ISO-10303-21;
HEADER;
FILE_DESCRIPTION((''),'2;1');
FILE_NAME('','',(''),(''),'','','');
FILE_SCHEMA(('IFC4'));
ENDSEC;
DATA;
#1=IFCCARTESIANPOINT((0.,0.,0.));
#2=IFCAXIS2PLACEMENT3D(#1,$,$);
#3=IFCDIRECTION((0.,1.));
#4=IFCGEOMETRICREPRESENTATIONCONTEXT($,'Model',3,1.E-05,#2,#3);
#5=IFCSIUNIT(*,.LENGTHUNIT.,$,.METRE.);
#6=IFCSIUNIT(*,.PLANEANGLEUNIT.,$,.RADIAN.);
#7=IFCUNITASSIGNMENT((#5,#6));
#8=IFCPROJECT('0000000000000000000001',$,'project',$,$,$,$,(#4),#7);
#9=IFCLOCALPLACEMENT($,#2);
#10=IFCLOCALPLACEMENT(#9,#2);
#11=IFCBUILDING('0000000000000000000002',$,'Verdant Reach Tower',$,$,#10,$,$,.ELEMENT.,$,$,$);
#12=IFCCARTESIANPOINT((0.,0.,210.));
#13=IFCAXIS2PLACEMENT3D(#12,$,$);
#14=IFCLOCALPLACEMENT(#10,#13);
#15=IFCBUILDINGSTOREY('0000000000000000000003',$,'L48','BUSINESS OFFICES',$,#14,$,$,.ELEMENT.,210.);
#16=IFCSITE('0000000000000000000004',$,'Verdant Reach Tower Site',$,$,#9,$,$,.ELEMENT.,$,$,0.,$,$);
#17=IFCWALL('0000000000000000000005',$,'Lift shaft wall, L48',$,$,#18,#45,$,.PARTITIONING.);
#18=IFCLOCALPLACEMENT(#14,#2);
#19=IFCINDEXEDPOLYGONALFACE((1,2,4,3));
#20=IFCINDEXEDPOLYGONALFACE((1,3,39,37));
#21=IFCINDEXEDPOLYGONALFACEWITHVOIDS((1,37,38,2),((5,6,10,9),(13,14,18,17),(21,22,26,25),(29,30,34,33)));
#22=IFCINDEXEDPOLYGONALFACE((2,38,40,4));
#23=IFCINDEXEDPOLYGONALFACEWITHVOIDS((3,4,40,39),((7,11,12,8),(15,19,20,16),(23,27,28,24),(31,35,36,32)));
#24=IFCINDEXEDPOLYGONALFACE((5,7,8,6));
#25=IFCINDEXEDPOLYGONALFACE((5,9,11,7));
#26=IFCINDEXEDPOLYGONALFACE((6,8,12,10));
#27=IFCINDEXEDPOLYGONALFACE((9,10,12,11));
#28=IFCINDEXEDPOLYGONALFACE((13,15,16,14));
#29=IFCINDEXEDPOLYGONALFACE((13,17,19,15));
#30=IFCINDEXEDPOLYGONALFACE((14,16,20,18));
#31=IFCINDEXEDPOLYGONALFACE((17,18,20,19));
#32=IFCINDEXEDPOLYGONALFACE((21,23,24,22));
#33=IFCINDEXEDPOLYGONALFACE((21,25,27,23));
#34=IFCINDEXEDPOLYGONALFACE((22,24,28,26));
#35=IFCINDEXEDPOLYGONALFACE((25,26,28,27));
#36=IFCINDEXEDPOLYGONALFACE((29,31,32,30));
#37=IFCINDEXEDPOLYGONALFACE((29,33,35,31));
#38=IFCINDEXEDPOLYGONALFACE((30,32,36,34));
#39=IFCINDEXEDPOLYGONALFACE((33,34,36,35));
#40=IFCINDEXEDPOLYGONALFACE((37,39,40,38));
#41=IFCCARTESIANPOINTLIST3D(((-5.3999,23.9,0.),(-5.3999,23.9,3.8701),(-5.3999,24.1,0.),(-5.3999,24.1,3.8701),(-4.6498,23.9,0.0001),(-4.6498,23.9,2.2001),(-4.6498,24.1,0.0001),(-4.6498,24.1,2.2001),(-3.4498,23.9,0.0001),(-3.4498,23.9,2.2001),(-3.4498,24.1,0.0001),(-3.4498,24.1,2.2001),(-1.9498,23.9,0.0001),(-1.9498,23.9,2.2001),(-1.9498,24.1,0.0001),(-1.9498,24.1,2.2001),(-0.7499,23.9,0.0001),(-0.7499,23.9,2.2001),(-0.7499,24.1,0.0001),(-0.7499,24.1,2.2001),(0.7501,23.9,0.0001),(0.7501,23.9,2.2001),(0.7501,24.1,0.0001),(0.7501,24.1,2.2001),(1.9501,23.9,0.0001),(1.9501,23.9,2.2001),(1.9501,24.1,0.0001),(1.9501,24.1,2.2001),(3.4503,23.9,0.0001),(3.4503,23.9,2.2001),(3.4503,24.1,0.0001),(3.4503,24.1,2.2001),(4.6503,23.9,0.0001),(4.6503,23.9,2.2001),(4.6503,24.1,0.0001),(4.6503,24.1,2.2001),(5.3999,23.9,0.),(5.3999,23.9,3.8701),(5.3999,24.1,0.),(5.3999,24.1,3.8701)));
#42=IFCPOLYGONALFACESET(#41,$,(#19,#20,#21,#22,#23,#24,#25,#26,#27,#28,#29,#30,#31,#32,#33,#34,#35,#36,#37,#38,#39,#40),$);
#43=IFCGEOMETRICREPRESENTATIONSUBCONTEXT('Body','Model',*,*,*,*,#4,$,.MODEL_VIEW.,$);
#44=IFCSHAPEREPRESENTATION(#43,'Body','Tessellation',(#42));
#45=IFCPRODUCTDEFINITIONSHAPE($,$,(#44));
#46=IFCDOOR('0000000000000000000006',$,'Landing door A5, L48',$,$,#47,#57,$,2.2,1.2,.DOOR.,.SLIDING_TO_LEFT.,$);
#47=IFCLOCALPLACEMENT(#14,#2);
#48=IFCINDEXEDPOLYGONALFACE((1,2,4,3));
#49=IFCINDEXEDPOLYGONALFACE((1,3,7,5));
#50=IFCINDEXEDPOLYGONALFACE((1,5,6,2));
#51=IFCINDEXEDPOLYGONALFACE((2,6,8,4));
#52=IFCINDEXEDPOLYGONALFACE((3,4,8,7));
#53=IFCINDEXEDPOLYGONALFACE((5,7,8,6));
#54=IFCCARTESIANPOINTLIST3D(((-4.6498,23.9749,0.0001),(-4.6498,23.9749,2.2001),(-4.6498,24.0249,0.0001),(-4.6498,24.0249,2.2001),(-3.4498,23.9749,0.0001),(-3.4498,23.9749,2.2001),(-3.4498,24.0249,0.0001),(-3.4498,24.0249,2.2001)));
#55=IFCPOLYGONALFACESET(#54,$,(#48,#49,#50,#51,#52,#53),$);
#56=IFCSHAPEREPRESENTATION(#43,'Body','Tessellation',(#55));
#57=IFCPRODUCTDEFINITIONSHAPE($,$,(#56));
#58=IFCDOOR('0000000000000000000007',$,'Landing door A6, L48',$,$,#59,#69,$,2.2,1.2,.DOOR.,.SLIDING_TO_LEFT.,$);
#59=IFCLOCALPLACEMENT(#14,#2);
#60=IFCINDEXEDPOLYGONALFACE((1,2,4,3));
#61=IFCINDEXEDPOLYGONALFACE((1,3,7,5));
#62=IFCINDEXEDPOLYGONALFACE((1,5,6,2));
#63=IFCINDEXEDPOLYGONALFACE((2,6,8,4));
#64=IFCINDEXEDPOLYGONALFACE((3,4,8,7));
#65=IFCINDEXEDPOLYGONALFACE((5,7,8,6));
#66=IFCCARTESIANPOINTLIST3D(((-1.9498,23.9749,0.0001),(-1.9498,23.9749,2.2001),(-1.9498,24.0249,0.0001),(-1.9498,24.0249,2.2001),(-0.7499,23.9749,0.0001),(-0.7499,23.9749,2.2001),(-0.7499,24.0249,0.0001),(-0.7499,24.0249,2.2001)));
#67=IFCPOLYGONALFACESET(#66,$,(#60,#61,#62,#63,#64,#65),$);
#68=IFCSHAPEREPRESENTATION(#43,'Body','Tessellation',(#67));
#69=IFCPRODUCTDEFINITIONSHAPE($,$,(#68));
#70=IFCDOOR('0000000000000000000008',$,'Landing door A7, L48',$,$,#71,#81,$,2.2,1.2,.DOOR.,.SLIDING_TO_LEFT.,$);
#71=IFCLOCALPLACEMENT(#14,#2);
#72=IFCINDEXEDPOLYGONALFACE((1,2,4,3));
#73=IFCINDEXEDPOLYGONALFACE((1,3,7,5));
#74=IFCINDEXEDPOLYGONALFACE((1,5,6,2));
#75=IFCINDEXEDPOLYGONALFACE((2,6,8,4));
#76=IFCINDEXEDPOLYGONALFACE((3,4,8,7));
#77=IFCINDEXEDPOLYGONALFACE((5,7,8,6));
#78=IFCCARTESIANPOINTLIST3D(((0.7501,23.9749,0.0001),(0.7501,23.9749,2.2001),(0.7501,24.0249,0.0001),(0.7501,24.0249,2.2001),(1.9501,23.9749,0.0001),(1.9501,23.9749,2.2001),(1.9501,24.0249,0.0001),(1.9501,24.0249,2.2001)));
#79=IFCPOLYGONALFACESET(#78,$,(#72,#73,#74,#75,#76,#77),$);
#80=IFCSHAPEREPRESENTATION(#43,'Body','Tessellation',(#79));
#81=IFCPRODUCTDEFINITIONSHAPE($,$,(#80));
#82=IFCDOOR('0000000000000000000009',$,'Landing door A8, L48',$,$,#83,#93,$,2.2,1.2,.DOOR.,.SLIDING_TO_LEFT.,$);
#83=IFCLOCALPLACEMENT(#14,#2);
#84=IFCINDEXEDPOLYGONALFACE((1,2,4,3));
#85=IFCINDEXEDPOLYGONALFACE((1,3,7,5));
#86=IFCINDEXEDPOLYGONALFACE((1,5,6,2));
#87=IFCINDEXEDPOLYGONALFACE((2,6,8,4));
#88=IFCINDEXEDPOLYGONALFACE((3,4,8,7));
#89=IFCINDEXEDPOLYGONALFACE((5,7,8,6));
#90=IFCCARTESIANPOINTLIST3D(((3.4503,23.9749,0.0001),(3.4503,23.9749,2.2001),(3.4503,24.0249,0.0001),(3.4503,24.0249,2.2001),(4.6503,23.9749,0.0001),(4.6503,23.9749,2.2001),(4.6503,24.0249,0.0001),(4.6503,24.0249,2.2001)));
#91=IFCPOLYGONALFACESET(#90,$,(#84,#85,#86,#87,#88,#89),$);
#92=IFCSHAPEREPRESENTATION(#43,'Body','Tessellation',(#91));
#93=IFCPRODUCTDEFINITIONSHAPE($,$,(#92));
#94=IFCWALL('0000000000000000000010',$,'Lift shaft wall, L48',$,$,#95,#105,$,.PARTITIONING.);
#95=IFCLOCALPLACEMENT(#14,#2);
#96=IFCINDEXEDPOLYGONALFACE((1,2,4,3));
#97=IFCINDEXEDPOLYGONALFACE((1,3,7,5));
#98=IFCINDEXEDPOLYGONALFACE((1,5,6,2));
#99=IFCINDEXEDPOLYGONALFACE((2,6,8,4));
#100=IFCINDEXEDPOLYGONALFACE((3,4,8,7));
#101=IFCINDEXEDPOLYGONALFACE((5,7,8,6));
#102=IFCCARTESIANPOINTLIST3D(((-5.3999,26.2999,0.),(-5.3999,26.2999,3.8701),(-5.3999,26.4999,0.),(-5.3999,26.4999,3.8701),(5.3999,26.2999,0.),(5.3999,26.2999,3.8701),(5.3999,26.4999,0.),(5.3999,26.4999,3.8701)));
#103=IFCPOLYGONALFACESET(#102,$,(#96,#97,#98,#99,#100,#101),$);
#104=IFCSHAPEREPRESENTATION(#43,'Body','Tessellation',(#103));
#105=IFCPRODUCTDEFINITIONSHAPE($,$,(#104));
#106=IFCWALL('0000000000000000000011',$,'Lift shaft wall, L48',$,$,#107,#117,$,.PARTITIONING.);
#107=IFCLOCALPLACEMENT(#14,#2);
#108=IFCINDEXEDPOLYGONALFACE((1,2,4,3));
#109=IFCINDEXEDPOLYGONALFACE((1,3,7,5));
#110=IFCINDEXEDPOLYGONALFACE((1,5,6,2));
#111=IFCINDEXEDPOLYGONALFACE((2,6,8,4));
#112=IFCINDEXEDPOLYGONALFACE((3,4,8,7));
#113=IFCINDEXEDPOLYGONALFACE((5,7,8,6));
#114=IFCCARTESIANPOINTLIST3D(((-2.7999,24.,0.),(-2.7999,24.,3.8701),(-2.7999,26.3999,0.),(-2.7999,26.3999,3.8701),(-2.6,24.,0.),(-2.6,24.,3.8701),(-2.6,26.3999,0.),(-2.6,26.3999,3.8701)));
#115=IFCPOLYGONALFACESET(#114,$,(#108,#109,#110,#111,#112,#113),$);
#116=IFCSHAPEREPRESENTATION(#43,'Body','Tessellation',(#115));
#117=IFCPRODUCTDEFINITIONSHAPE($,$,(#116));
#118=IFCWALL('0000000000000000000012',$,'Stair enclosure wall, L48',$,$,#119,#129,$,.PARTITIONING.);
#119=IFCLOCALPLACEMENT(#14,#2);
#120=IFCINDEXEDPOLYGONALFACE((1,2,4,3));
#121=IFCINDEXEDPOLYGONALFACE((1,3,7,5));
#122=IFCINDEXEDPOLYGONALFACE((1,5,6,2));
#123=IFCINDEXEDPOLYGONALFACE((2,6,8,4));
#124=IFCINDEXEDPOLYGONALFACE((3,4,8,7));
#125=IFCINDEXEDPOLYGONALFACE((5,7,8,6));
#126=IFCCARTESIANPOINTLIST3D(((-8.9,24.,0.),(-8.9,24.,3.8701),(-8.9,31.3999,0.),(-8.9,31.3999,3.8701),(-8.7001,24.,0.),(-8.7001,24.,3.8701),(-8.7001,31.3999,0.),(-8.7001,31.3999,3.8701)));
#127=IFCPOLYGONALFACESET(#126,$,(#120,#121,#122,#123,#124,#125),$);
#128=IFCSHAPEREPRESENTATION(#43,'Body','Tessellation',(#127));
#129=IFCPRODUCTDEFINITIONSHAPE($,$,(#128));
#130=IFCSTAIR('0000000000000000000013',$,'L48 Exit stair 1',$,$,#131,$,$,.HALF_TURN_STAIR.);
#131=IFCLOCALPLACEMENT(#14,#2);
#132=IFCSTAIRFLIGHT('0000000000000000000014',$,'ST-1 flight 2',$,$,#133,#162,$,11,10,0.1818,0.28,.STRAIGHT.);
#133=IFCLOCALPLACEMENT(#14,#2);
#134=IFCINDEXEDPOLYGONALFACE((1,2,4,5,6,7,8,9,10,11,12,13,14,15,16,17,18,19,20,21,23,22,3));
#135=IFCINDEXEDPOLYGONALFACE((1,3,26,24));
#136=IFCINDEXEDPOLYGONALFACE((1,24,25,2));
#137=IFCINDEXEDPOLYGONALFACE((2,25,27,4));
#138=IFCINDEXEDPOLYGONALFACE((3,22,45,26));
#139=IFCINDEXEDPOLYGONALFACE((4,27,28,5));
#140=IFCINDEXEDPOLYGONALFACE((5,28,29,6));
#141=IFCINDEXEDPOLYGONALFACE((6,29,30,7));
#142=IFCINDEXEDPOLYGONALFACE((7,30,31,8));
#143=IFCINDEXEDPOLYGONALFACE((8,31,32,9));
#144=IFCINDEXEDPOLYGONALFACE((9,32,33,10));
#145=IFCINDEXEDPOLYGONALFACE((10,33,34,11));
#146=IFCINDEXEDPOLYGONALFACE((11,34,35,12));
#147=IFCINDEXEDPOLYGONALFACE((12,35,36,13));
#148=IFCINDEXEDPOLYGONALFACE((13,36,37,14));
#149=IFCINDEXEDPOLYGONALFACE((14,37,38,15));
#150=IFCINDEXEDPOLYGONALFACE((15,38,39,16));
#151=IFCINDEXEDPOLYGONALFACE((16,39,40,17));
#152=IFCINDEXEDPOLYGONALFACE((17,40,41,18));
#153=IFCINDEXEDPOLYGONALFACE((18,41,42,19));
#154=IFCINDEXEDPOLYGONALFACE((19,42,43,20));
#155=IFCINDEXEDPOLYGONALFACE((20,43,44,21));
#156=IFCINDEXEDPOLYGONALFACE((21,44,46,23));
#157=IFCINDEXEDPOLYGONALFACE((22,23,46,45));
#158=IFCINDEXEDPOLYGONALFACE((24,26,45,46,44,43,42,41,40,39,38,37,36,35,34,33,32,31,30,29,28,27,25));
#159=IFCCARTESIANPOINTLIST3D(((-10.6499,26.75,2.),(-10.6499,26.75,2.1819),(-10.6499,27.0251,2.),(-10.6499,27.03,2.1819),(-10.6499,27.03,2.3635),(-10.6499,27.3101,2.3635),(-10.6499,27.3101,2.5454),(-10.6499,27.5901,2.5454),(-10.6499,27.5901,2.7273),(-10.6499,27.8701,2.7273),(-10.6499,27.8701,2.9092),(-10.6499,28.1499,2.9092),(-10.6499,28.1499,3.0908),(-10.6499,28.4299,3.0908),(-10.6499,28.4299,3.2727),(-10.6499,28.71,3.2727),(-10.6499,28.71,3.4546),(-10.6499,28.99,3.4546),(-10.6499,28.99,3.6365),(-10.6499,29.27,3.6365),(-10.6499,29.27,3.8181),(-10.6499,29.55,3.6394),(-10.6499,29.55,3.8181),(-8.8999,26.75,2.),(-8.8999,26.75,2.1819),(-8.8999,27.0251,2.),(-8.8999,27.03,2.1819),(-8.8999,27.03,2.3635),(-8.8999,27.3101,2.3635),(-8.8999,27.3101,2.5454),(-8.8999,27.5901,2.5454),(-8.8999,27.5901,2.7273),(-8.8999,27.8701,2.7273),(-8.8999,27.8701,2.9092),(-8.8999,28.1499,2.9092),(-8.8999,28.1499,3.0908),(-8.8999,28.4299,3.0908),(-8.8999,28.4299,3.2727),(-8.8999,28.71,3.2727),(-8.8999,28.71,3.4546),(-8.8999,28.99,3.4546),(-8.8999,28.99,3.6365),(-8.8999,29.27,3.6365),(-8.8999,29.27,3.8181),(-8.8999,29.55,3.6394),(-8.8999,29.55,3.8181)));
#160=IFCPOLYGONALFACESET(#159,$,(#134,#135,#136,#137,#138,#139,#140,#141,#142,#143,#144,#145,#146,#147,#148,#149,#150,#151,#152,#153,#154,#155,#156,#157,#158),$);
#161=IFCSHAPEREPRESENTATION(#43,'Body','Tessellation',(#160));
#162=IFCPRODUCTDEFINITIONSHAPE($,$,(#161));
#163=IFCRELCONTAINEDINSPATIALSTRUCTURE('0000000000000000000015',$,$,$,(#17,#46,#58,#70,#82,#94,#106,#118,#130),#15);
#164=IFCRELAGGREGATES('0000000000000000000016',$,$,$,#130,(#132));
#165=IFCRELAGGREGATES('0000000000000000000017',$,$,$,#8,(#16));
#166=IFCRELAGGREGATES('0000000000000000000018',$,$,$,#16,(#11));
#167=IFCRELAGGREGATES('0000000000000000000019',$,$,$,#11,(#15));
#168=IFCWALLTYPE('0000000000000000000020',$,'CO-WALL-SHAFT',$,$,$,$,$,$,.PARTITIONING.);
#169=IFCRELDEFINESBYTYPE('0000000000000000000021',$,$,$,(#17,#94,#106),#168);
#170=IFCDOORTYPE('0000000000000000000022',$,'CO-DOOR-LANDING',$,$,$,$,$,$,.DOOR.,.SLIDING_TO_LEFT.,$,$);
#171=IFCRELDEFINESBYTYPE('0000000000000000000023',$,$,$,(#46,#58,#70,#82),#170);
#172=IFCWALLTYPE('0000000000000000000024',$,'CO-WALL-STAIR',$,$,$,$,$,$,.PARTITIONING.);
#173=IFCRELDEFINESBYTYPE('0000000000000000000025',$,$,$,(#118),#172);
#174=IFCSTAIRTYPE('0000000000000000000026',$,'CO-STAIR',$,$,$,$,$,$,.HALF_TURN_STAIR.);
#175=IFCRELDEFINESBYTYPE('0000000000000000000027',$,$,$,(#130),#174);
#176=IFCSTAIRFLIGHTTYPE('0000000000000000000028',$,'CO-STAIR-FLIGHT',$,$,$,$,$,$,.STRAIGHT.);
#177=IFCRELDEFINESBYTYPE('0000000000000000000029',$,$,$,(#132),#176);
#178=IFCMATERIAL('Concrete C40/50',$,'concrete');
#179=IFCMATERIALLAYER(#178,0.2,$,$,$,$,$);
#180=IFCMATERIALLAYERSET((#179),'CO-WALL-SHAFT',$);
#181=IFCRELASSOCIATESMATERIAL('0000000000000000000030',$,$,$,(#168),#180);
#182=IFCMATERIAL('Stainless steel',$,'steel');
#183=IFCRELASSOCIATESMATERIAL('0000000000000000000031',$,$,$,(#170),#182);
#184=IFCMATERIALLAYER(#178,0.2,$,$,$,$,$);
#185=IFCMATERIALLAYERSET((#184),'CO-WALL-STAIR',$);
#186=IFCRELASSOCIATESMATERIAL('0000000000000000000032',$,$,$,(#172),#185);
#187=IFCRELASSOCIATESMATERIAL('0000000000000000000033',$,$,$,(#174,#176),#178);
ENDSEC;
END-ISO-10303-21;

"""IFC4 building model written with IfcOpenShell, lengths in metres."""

from ifc_helpers import new_model, si_unit, direction, frame, frame_2d, origin, place, context, subcontext, project, spatial, polyline, rectangle, outline, extrude, material, layer, layer_set, type_object, element, fill, aggregate, save


model = new_model("IFC4")

# Units and contexts
model_context = context("Model", 3, precision=1e-05, world=origin(), true_north=direction((0.0, 1.0)))
body_context = subcontext(model_context, "Body", "Model", "MODEL_VIEW")
ifc_project = project(units=[si_unit("LENGTHUNIT", "METRE"), si_unit("PLANEANGLEUNIT", "RADIAN")], contexts=[model_context])

# Site, building, storey
site_placement = place(None, origin())
site = spatial("IfcSite", under=ifc_project, at=site_placement, Name="Verdant Reach Tower Site", CompositionType="ELEMENT", RefElevation=0.0)
building_placement = place(site_placement, origin())
building = spatial("IfcBuilding", under=site, at=building_placement, Name="Verdant Reach Tower", CompositionType="ELEMENT")
storey_placement = place(building_placement, frame((0.0, 0.0, 210.0)))
storey = spatial("IfcBuildingStorey", under=building, at=storey_placement, Name="L48", Description="BUSINESS OFFICES", CompositionType="ELEMENT", Elevation=210.0)

# Wall, openings, doors
ifc_material_1 = material(Name="Concrete C40/50", Category="concrete")
ifc_layer_1 = layer(ifc_material_1, 0.2)
ifc_layer_set_1 = layer_set([ifc_layer_1], Name="CO-WALL-SHAFT")
wall_type_1 = type_object("IfcWallType", Name="CO-WALL-SHAFT", PredefinedType="PARTITIONING", material=ifc_layer_set_1)
ifc_material_2 = material(Name="Stainless steel", Category="steel")
door_type = type_object("IfcDoorType", Name="CO-DOOR-LANDING", OperationType="SLIDING_TO_LEFT", PredefinedType="DOOR", material=ifc_material_2)
wall_1_placement = place(storey_placement, frame((-5.3999, 24.0, 0.0), z_axis=(0.0, 0.0, 1.0), x_axis=(1.0, 0.0, 0.0)))
wall_1 = element("IfcWall", 1, at=wall_1_placement, inside=storey, type_object=wall_type_1, Name="Lift shaft wall, L48", PredefinedType="PARTITIONING", context=body_context, shape_type="SweptSolid", body=[
    extrude(rectangle(XDim=10.7998, YDim=0.2, at=frame_2d((5.3999, 0.0))), origin(), (0.0, 0.0, 1.0), 3.8701),
])
opening_1_placement = place(wall_1_placement, frame((0.75, 0.0, 0.0)))
opening_1 = element("IfcOpeningElement", 2, at=opening_1_placement, cuts=wall_1, PredefinedType="OPENING", context=body_context, shape_type="SweptSolid", body=[
    extrude(rectangle(XDim=1.2, YDim=2.2, at=frame_2d((0.6001, 1.1001))), frame((0.0, 0.1099, 0.0), z_axis=(0.0, -1.0, 0.0), x_axis=(1.0, 0.0, 0.0)), (0.0, 0.0, 1.0), 0.22),
])
opening_2_placement = place(wall_1_placement, frame((3.45, 0.0, 0.0)))
opening_2 = element("IfcOpeningElement", 3, at=opening_2_placement, cuts=wall_1, PredefinedType="OPENING", context=body_context, shape_type="SweptSolid", body=[
    extrude(rectangle(XDim=1.2, YDim=2.2, at=frame_2d((0.6001, 1.1001))), frame((0.0, 0.1099, 0.0), z_axis=(0.0, -1.0, 0.0), x_axis=(1.0, 0.0, 0.0)), (0.0, 0.0, 1.0), 0.22),
])
opening_3_placement = place(wall_1_placement, frame((6.1499, 0.0, 0.0)))
opening_3 = element("IfcOpeningElement", 4, at=opening_3_placement, cuts=wall_1, PredefinedType="OPENING", context=body_context, shape_type="SweptSolid", body=[
    extrude(rectangle(XDim=1.2, YDim=2.2, at=frame_2d((0.6001, 1.1001))), frame((0.0, 0.1099, 0.0), z_axis=(0.0, -1.0, 0.0), x_axis=(1.0, 0.0, 0.0)), (0.0, 0.0, 1.0), 0.22),
])
opening_4_placement = place(wall_1_placement, frame((8.8501, 0.0, 0.0)))
opening_4 = element("IfcOpeningElement", 5, at=opening_4_placement, cuts=wall_1, PredefinedType="OPENING", context=body_context, shape_type="SweptSolid", body=[
    extrude(rectangle(XDim=1.2, YDim=2.2, at=frame_2d((0.6001, 1.1001))), frame((0.0, 0.1099, 0.0), z_axis=(0.0, -1.0, 0.0), x_axis=(1.0, 0.0, 0.0)), (0.0, 0.0, 1.0), 0.22),
])
door_1_placement = place(opening_1_placement, origin())
door_1 = element("IfcDoor", 6, at=door_1_placement, inside=storey, type_object=door_type, Name="Landing door A5, L48", OperationType="SLIDING_TO_LEFT", OverallHeight=2.2, OverallWidth=1.2, PredefinedType="DOOR", context=body_context, shape_type="SweptSolid", body=[
    extrude(rectangle(XDim=1.2, YDim=2.2, at=frame_2d((0.6001, 1.1001))), frame((0.0, 0.0249, 0.0), z_axis=(0.0, -1.0, 0.0), x_axis=(1.0, 0.0, 0.0)), (0.0, 0.0, 1.0), 0.05),
])
fill(opening_1, door_1)
door_2_placement = place(opening_2_placement, origin())
door_2 = element("IfcDoor", 7, at=door_2_placement, inside=storey, type_object=door_type, Name="Landing door A6, L48", OperationType="SLIDING_TO_LEFT", OverallHeight=2.2, OverallWidth=1.2, PredefinedType="DOOR", context=body_context, shape_type="SweptSolid", body=[
    extrude(rectangle(XDim=1.2, YDim=2.2, at=frame_2d((0.6001, 1.1001))), frame((0.0, 0.0249, 0.0), z_axis=(0.0, -1.0, 0.0), x_axis=(1.0, 0.0, 0.0)), (0.0, 0.0, 1.0), 0.05),
])
fill(opening_2, door_2)
door_3_placement = place(opening_3_placement, origin())
door_3 = element("IfcDoor", 8, at=door_3_placement, inside=storey, type_object=door_type, Name="Landing door A7, L48", OperationType="SLIDING_TO_LEFT", OverallHeight=2.2, OverallWidth=1.2, PredefinedType="DOOR", context=body_context, shape_type="SweptSolid", body=[
    extrude(rectangle(XDim=1.2, YDim=2.2, at=frame_2d((0.6001, 1.1001))), frame((0.0, 0.0249, 0.0), z_axis=(0.0, -1.0, 0.0), x_axis=(1.0, 0.0, 0.0)), (0.0, 0.0, 1.0), 0.05),
])
fill(opening_3, door_3)
door_4_placement = place(opening_4_placement, origin())
door_4 = element("IfcDoor", 9, at=door_4_placement, inside=storey, type_object=door_type, Name="Landing door A8, L48", OperationType="SLIDING_TO_LEFT", OverallHeight=2.2, OverallWidth=1.2, PredefinedType="DOOR", context=body_context, shape_type="SweptSolid", body=[
    extrude(rectangle(XDim=1.2, YDim=2.2, at=frame_2d((0.6001, 1.1001))), frame((0.0, 0.0249, 0.0), z_axis=(0.0, -1.0, 0.0), x_axis=(1.0, 0.0, 0.0)), (0.0, 0.0, 1.0), 0.05),
])
fill(opening_4, door_4)

# Walls
wall_2_placement = place(storey_placement, frame((-5.3999, 26.3999, 0.0), z_axis=(0.0, 0.0, 1.0), x_axis=(1.0, 0.0, 0.0)))
element("IfcWall", 10, at=wall_2_placement, inside=storey, type_object=wall_type_1, Name="Lift shaft wall, L48", PredefinedType="PARTITIONING", context=body_context, shape_type="SweptSolid", body=[
    extrude(rectangle(XDim=10.7998, YDim=0.2, at=frame_2d((5.3999, 0.0))), origin(), (0.0, 0.0, 1.0), 3.8701),
])
wall_3_placement = place(storey_placement, frame((-2.7, 24.0, 0.0), z_axis=(0.0, 0.0, 1.0), x_axis=(0.0, 1.0, 0.0)))
element("IfcWall", 11, at=wall_3_placement, inside=storey, type_object=wall_type_1, Name="Lift shaft wall, L48", PredefinedType="PARTITIONING", context=body_context, shape_type="SweptSolid", body=[
    extrude(rectangle(XDim=2.3999, YDim=0.2, at=frame_2d((1.2, 0.0))), origin(), (0.0, 0.0, 1.0), 3.8701),
])
ifc_layer_2 = layer(ifc_material_1, 0.2)
ifc_layer_set_2 = layer_set([ifc_layer_2], Name="CO-WALL-STAIR")
wall_type_2 = type_object("IfcWallType", Name="CO-WALL-STAIR", PredefinedType="PARTITIONING", material=ifc_layer_set_2)
wall_4_placement = place(storey_placement, frame((-8.8, 24.0, 0.0), z_axis=(0.0, 0.0, 1.0), x_axis=(0.0, 1.0, 0.0)))
element("IfcWall", 12, at=wall_4_placement, inside=storey, type_object=wall_type_2, Name="Stair enclosure wall, L48", PredefinedType="PARTITIONING", context=body_context, shape_type="SweptSolid", body=[
    extrude(rectangle(XDim=7.3999, YDim=0.2, at=frame_2d((3.7, 0.0))), origin(), (0.0, 0.0, 1.0), 3.8701),
])

# Stair, stair flight
stair_type = type_object("IfcStairType", Name="CO-STAIR", PredefinedType="HALF_TURN_STAIR", material=ifc_material_1)
stair_placement = place(storey_placement, origin())
stair = element("IfcStair", 13, at=stair_placement, inside=storey, type_object=stair_type, Name="L48 Exit stair 1", PredefinedType="HALF_TURN_STAIR")
stair_flight_type = type_object("IfcStairFlightType", Name="CO-STAIR-FLIGHT", PredefinedType="STRAIGHT", material=ifc_material_1)
stair_flight_placement = place(storey_placement, frame((-9.7749, 26.75, 2.0), z_axis=(0.0, 0.0, 1.0), x_axis=(0.0, 1.0, 0.0)))
stair_flight = element("IfcStairFlight", 14, at=stair_flight_placement, type_object=stair_flight_type, Name="ST-1 flight 2", NumberOfRisers=11, NumberOfTreads=10, PredefinedType="STRAIGHT", RiserHeight=0.1818, TreadLength=0.28, context=body_context, shape_type="SweptSolid", body=[
    extrude(outline(polyline([(0.0, 0.0), (0.0, 0.1819), (0.28, 0.1819), (0.28, 0.3635), (0.5601, 0.3635), (0.5601, 0.5454), (0.8401, 0.5454), (0.8401, 0.7273), (1.1201, 0.7273), (1.1201, 0.9092), (1.3999, 0.9092), (1.3999, 1.0908), (1.6799, 1.0908), (1.6799, 1.2727), (1.96, 1.2727), (1.96, 1.4546), (2.24, 1.4546), (2.24, 1.6365), (2.52, 1.6365), (2.52, 1.8181), (2.8, 1.8181), (2.8, 2.0), (2.8, 1.6394), (0.2751, 0.0), (0.0, 0.0)])), frame((0.0, 0.875, 0.0), z_axis=(0.0, -1.0, 0.0), x_axis=(1.0, 0.0, 0.0)), (0.0, 0.0, 1.0), 1.75),
])
aggregate(stair, [stair_flight])

save(model, "model.ifc")
